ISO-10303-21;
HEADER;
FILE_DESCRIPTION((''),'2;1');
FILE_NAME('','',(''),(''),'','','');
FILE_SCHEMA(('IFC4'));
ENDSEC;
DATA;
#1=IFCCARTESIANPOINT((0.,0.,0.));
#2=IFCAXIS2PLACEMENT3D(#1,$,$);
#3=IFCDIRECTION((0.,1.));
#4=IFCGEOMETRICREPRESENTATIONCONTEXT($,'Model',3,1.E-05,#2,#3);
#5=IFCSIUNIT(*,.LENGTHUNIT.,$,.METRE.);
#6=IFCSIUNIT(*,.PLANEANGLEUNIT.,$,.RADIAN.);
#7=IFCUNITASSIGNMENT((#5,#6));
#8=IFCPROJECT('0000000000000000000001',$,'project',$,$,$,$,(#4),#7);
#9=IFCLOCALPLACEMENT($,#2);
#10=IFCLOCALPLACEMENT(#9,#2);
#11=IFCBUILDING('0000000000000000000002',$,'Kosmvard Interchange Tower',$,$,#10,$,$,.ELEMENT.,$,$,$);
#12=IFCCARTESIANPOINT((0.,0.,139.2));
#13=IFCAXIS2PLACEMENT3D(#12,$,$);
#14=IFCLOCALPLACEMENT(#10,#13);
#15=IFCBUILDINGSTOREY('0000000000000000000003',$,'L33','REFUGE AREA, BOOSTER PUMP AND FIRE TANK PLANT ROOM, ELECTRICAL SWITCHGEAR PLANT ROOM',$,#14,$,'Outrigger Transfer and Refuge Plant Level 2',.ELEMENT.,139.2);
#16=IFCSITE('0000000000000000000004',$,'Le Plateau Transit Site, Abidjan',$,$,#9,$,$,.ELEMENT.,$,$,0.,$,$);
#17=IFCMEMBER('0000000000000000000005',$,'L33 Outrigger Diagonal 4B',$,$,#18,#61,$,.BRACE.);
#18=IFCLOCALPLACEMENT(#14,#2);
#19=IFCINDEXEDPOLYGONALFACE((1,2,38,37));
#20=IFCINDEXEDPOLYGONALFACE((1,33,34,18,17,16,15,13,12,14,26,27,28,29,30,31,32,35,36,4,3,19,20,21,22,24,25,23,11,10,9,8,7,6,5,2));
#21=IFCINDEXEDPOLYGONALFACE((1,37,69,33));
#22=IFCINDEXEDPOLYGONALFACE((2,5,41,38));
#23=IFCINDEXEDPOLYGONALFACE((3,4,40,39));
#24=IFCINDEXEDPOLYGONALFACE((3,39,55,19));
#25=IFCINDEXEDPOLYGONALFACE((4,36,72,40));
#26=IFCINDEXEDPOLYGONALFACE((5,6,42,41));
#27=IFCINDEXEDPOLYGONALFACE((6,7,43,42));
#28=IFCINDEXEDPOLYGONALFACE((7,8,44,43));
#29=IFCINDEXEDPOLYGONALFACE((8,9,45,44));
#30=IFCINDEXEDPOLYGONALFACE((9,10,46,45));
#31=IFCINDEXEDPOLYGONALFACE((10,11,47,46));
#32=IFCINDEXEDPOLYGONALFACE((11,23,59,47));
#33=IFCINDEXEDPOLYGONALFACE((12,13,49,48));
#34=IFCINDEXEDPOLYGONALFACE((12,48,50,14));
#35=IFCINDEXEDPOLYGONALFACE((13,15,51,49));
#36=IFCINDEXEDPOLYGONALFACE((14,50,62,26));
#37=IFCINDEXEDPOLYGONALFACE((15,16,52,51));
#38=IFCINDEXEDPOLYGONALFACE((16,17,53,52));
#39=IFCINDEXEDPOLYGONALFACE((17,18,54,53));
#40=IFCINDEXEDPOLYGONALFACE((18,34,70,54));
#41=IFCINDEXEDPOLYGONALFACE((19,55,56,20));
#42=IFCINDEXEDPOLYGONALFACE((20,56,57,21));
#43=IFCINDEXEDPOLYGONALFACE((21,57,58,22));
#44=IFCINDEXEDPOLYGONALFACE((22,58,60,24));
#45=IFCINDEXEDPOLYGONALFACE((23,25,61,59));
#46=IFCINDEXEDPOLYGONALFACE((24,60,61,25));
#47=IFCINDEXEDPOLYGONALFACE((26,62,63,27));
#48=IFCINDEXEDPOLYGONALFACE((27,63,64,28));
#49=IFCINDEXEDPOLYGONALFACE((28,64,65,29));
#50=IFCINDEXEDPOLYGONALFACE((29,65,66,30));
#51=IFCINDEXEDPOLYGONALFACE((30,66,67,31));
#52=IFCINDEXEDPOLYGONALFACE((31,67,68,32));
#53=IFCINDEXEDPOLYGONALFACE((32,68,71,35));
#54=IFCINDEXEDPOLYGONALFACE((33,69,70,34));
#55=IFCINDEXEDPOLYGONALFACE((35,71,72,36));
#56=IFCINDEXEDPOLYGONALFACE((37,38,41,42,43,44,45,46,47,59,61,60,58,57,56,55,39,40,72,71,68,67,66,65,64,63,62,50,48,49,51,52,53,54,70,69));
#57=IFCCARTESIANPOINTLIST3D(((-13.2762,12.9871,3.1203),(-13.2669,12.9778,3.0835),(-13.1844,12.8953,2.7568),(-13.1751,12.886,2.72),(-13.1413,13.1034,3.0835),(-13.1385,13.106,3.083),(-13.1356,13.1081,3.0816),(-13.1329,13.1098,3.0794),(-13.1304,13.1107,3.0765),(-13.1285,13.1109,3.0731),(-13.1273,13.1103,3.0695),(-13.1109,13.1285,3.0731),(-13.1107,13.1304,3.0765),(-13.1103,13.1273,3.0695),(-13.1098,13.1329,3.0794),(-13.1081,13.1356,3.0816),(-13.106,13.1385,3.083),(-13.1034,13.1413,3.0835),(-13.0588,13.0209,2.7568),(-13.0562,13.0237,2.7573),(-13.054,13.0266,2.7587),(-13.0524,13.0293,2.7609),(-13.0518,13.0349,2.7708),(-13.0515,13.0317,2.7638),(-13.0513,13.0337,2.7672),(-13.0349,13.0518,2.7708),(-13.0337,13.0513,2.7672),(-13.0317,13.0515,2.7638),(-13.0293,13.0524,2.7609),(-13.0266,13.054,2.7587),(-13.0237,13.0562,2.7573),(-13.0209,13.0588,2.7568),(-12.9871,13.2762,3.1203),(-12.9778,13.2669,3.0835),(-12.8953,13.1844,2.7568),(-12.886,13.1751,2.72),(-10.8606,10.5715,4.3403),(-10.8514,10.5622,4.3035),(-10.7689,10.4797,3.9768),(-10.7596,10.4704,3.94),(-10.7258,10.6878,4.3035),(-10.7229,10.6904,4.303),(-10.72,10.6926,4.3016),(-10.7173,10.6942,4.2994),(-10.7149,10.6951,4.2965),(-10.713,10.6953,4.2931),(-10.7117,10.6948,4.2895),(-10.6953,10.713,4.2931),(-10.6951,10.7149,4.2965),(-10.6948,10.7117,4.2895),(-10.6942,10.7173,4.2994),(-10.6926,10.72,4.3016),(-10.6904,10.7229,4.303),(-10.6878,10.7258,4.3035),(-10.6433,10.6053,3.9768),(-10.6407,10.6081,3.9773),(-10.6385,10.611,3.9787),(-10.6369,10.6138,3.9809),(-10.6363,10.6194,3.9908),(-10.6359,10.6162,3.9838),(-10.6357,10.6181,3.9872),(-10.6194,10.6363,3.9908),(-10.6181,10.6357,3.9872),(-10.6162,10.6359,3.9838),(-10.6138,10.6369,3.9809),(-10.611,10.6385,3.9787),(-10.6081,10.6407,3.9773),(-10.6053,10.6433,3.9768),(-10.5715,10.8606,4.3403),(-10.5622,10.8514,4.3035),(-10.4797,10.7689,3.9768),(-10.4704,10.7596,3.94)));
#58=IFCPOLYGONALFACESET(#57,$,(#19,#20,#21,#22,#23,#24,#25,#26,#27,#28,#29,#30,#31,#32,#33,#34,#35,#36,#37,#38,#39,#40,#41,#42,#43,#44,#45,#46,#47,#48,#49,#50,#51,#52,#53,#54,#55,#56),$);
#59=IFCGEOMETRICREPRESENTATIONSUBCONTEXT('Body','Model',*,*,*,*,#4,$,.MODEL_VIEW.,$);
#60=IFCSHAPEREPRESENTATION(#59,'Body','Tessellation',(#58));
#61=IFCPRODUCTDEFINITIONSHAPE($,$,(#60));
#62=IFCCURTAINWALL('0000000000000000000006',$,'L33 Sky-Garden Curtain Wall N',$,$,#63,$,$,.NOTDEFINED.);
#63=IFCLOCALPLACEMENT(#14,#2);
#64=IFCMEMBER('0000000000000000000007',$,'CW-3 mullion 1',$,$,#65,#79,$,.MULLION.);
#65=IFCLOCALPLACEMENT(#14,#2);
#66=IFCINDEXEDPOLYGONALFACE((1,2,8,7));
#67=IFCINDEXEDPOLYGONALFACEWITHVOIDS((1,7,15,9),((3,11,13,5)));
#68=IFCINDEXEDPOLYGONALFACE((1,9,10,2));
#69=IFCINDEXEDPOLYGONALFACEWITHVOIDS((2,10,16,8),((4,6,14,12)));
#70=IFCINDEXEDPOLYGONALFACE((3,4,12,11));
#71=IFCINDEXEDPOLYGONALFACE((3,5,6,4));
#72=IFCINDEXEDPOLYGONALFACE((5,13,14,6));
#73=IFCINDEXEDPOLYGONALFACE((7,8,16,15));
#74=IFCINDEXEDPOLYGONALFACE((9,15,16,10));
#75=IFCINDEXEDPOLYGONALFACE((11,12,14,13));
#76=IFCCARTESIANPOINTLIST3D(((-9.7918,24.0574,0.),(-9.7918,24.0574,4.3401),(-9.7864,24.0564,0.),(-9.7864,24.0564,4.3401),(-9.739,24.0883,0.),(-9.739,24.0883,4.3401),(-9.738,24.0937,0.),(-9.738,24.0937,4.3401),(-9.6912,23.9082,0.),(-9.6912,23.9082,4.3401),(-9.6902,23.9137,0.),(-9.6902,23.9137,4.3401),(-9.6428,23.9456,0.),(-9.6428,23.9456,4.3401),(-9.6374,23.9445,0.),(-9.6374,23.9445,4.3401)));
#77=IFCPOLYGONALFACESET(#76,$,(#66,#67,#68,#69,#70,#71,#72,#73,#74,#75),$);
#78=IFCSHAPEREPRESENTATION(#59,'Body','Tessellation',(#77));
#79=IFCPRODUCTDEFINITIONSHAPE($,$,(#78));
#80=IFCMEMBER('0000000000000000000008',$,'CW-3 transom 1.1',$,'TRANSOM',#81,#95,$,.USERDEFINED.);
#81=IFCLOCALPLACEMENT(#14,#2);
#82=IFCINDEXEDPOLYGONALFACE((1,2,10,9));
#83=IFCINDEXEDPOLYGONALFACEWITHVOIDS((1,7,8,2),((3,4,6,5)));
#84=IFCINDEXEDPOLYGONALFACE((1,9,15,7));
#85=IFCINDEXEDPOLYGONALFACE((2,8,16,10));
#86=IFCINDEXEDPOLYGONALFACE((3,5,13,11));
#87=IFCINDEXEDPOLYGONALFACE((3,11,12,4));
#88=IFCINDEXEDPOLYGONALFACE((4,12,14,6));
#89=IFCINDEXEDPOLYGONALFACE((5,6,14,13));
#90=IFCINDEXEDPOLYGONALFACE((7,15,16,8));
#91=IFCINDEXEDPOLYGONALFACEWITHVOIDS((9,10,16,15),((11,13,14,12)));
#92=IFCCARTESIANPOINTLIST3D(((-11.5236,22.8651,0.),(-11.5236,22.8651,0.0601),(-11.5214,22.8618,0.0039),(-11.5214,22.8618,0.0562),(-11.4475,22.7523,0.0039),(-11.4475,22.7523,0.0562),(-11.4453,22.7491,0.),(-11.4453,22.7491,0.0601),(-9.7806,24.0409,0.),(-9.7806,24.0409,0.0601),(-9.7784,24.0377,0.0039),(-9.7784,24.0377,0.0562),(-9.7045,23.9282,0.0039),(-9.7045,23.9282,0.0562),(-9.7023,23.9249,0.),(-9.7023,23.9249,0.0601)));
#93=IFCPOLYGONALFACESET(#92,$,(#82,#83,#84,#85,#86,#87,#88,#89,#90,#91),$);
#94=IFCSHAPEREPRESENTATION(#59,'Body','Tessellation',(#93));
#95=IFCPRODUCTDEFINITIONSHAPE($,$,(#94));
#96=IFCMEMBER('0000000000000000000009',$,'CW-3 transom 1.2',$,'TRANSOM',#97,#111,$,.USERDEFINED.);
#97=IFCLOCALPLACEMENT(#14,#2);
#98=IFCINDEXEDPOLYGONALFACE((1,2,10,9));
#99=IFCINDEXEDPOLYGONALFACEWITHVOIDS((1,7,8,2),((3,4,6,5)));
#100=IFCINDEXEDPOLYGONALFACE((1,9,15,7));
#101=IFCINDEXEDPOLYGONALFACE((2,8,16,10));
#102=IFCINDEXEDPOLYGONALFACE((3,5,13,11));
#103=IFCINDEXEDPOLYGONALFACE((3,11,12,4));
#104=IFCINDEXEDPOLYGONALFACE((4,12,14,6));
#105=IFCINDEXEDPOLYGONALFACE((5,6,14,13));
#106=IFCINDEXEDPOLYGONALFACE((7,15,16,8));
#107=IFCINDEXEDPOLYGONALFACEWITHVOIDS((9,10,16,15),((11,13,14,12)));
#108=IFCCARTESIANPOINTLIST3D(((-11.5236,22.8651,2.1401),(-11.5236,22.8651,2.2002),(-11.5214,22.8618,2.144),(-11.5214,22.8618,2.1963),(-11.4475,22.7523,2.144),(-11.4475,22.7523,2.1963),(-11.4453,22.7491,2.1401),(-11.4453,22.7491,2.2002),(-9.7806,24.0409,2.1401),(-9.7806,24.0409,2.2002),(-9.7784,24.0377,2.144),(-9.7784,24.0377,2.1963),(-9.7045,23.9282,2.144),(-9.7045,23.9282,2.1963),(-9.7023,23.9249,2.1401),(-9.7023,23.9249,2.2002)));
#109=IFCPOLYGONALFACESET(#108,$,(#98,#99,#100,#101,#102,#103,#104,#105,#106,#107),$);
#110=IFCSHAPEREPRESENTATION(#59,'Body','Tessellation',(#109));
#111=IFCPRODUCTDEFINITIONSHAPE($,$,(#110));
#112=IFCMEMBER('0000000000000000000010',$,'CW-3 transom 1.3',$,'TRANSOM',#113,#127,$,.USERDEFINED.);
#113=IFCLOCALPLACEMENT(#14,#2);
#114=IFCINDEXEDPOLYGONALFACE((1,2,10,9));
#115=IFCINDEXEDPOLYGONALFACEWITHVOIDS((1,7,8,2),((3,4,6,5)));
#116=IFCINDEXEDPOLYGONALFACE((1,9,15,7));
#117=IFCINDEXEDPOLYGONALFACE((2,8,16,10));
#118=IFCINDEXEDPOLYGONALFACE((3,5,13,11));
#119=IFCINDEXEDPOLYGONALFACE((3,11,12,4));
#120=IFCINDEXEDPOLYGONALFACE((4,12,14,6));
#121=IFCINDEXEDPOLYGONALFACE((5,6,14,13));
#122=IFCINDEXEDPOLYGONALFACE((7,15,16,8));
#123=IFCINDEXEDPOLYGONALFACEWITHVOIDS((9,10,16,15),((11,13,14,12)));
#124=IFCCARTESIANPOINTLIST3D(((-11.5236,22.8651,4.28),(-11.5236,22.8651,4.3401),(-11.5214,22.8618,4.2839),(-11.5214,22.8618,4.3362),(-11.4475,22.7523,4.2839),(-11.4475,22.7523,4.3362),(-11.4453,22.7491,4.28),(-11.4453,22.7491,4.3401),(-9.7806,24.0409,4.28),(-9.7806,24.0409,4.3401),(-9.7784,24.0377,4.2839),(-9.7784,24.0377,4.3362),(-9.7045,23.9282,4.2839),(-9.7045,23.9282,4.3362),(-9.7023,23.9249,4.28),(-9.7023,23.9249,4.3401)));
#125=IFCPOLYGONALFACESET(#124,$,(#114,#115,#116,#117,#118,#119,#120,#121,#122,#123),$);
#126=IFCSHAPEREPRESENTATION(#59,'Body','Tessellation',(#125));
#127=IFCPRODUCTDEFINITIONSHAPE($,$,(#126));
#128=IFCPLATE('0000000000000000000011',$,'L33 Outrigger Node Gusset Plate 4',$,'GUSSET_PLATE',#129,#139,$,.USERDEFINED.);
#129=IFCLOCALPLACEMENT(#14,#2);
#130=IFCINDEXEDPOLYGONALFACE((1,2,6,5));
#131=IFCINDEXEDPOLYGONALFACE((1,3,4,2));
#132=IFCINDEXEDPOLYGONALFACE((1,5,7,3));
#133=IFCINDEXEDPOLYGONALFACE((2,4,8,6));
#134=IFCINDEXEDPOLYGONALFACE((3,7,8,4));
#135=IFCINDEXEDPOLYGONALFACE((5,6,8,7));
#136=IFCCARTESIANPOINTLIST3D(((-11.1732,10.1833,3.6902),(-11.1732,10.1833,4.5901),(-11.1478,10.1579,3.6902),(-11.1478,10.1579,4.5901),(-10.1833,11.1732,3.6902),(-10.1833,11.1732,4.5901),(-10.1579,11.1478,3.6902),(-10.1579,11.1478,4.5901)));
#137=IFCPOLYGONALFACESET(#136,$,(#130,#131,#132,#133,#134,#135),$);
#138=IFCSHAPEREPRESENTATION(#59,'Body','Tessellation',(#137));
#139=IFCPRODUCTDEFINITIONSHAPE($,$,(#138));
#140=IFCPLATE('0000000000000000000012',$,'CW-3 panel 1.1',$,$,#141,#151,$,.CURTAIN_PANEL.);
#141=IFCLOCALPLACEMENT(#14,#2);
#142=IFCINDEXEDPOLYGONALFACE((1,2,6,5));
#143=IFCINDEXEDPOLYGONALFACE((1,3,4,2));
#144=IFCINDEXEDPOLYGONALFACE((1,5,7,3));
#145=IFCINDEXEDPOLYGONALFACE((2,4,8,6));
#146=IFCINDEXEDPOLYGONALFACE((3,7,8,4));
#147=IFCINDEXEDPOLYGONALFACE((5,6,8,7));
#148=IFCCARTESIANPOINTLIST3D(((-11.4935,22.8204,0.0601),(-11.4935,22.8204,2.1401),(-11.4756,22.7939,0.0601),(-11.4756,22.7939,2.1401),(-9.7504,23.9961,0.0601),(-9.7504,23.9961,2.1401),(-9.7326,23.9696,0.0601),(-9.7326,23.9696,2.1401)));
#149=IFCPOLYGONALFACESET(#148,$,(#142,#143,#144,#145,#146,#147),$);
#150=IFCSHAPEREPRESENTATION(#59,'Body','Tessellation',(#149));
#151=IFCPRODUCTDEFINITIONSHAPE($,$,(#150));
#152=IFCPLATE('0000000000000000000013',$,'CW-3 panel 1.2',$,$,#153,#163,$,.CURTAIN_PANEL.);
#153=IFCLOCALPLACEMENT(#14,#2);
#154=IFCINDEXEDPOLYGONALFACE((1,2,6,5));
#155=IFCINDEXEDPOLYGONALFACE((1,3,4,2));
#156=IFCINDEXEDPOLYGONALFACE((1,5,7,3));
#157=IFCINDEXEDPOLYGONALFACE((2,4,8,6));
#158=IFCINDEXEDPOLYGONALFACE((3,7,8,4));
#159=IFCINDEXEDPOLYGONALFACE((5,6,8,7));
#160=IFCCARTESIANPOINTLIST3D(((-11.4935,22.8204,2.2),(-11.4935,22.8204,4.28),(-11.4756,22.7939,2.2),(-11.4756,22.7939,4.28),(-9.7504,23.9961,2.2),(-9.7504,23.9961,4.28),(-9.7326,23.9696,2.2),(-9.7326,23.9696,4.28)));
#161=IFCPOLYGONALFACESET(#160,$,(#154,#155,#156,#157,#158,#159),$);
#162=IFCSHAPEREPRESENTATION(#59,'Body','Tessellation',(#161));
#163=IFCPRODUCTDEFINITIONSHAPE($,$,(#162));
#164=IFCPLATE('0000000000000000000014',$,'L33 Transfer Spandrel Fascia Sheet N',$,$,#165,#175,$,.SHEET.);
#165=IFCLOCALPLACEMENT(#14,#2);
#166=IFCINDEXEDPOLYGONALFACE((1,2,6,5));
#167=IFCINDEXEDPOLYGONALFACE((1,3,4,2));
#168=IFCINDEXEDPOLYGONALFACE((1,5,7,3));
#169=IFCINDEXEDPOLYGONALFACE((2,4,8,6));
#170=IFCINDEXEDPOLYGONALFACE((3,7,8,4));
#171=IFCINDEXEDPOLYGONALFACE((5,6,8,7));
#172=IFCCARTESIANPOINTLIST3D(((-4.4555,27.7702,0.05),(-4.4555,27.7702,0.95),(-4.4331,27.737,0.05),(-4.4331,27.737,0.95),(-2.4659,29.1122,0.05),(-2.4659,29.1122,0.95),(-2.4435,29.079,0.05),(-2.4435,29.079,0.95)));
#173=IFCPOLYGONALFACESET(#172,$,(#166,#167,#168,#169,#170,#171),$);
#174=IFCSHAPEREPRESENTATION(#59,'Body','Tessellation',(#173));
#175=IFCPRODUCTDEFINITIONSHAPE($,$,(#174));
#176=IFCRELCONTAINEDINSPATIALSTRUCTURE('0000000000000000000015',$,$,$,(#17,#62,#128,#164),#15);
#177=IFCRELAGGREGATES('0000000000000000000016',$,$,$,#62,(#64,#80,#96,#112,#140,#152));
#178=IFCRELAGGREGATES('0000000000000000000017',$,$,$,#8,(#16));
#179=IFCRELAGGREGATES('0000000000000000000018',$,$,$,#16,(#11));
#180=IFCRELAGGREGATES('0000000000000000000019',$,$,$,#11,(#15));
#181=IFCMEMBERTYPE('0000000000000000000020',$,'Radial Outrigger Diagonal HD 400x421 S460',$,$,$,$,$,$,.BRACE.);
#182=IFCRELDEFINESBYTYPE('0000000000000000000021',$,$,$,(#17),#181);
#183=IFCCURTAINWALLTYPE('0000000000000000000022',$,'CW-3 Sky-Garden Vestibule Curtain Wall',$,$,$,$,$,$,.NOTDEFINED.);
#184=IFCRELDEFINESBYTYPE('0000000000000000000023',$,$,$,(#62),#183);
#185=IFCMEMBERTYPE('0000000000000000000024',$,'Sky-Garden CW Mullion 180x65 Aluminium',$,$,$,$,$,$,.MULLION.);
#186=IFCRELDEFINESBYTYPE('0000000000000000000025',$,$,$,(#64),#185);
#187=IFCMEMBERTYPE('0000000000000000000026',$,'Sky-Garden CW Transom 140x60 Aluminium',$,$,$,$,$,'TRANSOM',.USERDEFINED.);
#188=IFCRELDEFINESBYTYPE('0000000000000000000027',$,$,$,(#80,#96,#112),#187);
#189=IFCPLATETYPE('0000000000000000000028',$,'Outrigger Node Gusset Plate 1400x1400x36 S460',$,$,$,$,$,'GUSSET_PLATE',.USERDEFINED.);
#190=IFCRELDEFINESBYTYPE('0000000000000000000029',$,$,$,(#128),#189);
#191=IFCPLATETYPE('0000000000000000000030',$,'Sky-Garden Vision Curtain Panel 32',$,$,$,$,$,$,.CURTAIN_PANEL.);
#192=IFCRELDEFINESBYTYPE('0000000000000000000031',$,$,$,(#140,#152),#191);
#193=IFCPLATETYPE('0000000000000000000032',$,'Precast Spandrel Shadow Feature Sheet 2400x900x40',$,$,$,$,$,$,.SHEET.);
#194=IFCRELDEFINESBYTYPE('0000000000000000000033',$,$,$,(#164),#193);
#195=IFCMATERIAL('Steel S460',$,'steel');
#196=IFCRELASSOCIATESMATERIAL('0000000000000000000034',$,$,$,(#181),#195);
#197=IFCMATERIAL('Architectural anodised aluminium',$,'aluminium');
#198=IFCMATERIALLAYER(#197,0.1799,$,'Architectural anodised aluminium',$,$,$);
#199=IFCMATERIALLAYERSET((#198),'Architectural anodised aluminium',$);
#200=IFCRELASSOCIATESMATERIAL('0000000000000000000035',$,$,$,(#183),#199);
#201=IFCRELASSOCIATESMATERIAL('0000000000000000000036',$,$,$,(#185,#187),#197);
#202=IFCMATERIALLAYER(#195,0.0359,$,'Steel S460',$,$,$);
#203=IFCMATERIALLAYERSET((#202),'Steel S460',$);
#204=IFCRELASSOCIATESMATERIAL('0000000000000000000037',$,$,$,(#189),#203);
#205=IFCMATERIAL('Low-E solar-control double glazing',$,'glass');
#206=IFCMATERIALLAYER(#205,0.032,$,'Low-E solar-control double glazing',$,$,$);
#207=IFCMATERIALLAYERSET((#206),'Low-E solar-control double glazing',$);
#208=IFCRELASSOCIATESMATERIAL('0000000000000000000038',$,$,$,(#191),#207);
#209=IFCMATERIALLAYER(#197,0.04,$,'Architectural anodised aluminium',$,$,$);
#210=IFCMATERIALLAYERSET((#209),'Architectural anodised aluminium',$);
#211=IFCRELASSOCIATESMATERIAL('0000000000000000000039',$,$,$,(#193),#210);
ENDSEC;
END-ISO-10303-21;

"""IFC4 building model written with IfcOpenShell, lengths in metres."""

from ifc_helpers import new_model, si_unit, direction, frame, origin, origin_2d, place, context, subcontext, project, spatial, rectangle, hollow_rectangle, i_section, extrude, source, transform, mapped, material, layer, layer_set, material_profile, profile_set, type_object, element, aggregate, save


model = new_model("IFC4")

# Units and contexts
model_context = context("Model", 3, precision=1e-05, world=origin(), true_north=direction((0.0, 1.0)))
body_context = subcontext(model_context, "Body", "Model", "MODEL_VIEW")
ifc_project = project(units=[si_unit("LENGTHUNIT", "METRE"), si_unit("PLANEANGLEUNIT", "RADIAN")], contexts=[model_context])

# Site, building, storey
site_placement = place(None, origin())
site = spatial("IfcSite", under=ifc_project, at=site_placement, Name="Le Plateau Transit Site, Abidjan", CompositionType="ELEMENT", RefElevation=0.0)
building_placement = place(site_placement, origin())
building = spatial("IfcBuilding", under=site, at=building_placement, Name="Kosmvard Interchange Tower", CompositionType="ELEMENT")
storey_placement = place(building_placement, frame((0.0, 0.0, 139.2)))
storey = spatial("IfcBuildingStorey", under=building, at=storey_placement, Name="L33", Description="REFUGE AREA, BOOSTER PUMP AND FIRE TANK PLANT ROOM, ELECTRICAL SWITCHGEAR PLANT ROOM", LongName="Outrigger Transfer and Refuge Plant Level 2", CompositionType="ELEMENT", Elevation=139.2)

# Shared definitions
ifc_material_1 = material(Name="Steel S460", Category="steel")

# Member
ifc_material_profile_1 = material_profile(ifc_material_1, i_section(OverallWidth=0.4089, OverallDepth=0.425, WebThickness=0.0239, FlangeThickness=0.0391, FilletRadius=0.0149, at=origin_2d()), Name="HD 400x421")
ifc_profile_set_1 = profile_set([ifc_material_profile_1], Name="Steel S460")
member_type_1 = type_object("IfcMemberType", Name="Radial Outrigger Diagonal HD 400x421 S460", PredefinedType="BRACE", material=ifc_profile_set_1)
shared_shape_1 = source(origin(), body_context, "Body", "SweptSolid", [
    extrude(i_section(OverallWidth=0.4089, OverallDepth=0.425, WebThickness=0.0239, FlangeThickness=0.0391, FilletRadius=0.0149, at=origin_2d()), origin(), (0.0, 0.0, 1.0), 3.6274),
])
member_1_placement = place(storey_placement, frame((-10.6655, 10.6655, 4.1401), z_axis=(-0.665915, 0.665915, -0.336323), x_axis=(-0.707107, -0.707107, 0.0)))
element("IfcMember", 1, at=member_1_placement, inside=storey, type_object=member_type_1, Name="L33 Outrigger Diagonal 4B", PredefinedType="BRACE", context=body_context, shape_type="MappedRepresentation", body=[
    mapped(shared_shape_1, transform((0.0, 0.0, 0.0), scale=1.0)),
])

# Curtain wall, members
ifc_material_2 = material(Name="Architectural anodised aluminium", Category="aluminium")
ifc_layer_1 = layer(ifc_material_2, 0.1799, Name="Architectural anodised aluminium")
ifc_layer_set_1 = layer_set([ifc_layer_1], Name="Architectural anodised aluminium")
curtain_wall_type = type_object("IfcCurtainWallType", Name="CW-3 Sky-Garden Vestibule Curtain Wall", PredefinedType="NOTDEFINED", material=ifc_layer_set_1)
curtain_wall_placement = place(storey_placement, origin())
curtain_wall = element("IfcCurtainWall", 2, at=curtain_wall_placement, inside=storey, type_object=curtain_wall_type, Name="L33 Sky-Garden Curtain Wall N", PredefinedType="NOTDEFINED")
ifc_material_profile_2 = material_profile(ifc_material_2, hollow_rectangle(XDim=0.1799, YDim=0.0649, WallThickness=0.0039, at=origin_2d()), Name="CWM 180x65x4")
ifc_profile_set_2 = profile_set([ifc_material_profile_2], Name="Architectural anodised aluminium")
member_type_2 = type_object("IfcMemberType", Name="Sky-Garden CW Mullion 180x65 Aluminium", PredefinedType="MULLION", material=ifc_profile_set_2)
shared_shape_2 = source(origin(), body_context, "Body", "SweptSolid", [
    extrude(hollow_rectangle(XDim=0.1799, YDim=0.0649, WallThickness=0.0039, at=origin_2d()), origin(), (0.0, 0.0, 1.0), 4.3401),
])
member_2_placement = place(storey_placement, frame((-9.7146, 24.001, 0.0), z_axis=(0.0, 0.0, 1.0), x_axis=(0.559193, -0.829038, 0.0)))
member_2 = element("IfcMember", 3, at=member_2_placement, type_object=member_type_2, Name="CW-3 mullion 1", PredefinedType="MULLION", context=body_context, shape_type="MappedRepresentation", body=[
    mapped(shared_shape_2, transform((0.0, 0.0, 0.0), scale=1.0)),
])
ifc_material_profile_3 = material_profile(ifc_material_2, hollow_rectangle(XDim=0.1399, YDim=0.0601, WallThickness=0.0039, at=origin_2d()), Name="CWT 140x60x4")
ifc_profile_set_3 = profile_set([ifc_material_profile_3], Name="Architectural anodised aluminium")
member_type_3 = type_object("IfcMemberType", Name="Sky-Garden CW Transom 140x60 Aluminium", ElementType="TRANSOM", PredefinedType="USERDEFINED", material=ifc_profile_set_3)
shared_shape_3 = source(origin(), body_context, "Body", "SweptSolid", [
    extrude(hollow_rectangle(XDim=0.1399, YDim=0.0601, WallThickness=0.0039, at=origin_2d()), origin(), (0.0, 0.0, 1.0), 2.1025),
])
member_3_placement = place(storey_placement, frame((-9.7415, 23.9829, 0.03), z_axis=(-0.829001, -0.559247, 0.0), x_axis=(0.559247, -0.829001, 0.0)))
member_3 = element("IfcMember", 4, at=member_3_placement, type_object=member_type_3, Name="CW-3 transom 1.1", ObjectType="TRANSOM", PredefinedType="USERDEFINED", context=body_context, shape_type="MappedRepresentation", body=[
    mapped(shared_shape_3, transform((0.0, 0.0, 0.0), scale=1.0)),
])
member_4_placement = place(storey_placement, frame((-9.7415, 23.9829, 2.1702), z_axis=(-0.829001, -0.559247, 0.0), x_axis=(0.559247, -0.829001, 0.0)))
member_4 = element("IfcMember", 5, at=member_4_placement, type_object=member_type_3, Name="CW-3 transom 1.2", ObjectType="TRANSOM", PredefinedType="USERDEFINED", context=body_context, shape_type="MappedRepresentation", body=[
    mapped(shared_shape_3, transform((0.0, 0.0, 0.0), scale=1.0)),
])
member_5_placement = place(storey_placement, frame((-9.7415, 23.9829, 4.3101), z_axis=(-0.829001, -0.559247, 0.0), x_axis=(0.559247, -0.829001, 0.0)))
member_5 = element("IfcMember", 6, at=member_5_placement, type_object=member_type_3, Name="CW-3 transom 1.3", ObjectType="TRANSOM", PredefinedType="USERDEFINED", context=body_context, shape_type="MappedRepresentation", body=[
    mapped(shared_shape_3, transform((0.0, 0.0, 0.0), scale=1.0)),
])

# Plates
ifc_layer_2 = layer(ifc_material_1, 0.0359, Name="Steel S460")
ifc_layer_set_2 = layer_set([ifc_layer_2], Name="Steel S460")
plate_type_1 = type_object("IfcPlateType", Name="Outrigger Node Gusset Plate 1400x1400x36 S460", ElementType="GUSSET_PLATE", PredefinedType="USERDEFINED", material=ifc_layer_set_2)
shared_shape_4 = source(origin(), body_context, "Body", "SweptSolid", [
    extrude(rectangle(XDim=1.3999, YDim=0.0359, at=origin_2d()), origin(), (0.0, 0.0, 1.0), 0.8999),
])
plate_1_placement = place(storey_placement, frame((-10.6655, 10.6655, 3.6902), z_axis=(0.0, 0.0, 1.0), x_axis=(0.707107, 0.707107, 0.0)))
element("IfcPlate", 7, at=plate_1_placement, inside=storey, type_object=plate_type_1, Name="L33 Outrigger Node Gusset Plate 4", ObjectType="GUSSET_PLATE", PredefinedType="USERDEFINED", context=body_context, shape_type="MappedRepresentation", body=[
    mapped(shared_shape_4, transform((0.0, 0.0, 0.0), scale=1.0)),
])
ifc_material_3 = material(Name="Low-E solar-control double glazing", Category="glass")
ifc_layer_3 = layer(ifc_material_3, 0.032, Name="Low-E solar-control double glazing")
ifc_layer_set_3 = layer_set([ifc_layer_3], Name="Low-E solar-control double glazing")
plate_type_2 = type_object("IfcPlateType", Name="Sky-Garden Vision Curtain Panel 32", PredefinedType="CURTAIN_PANEL", material=ifc_layer_set_3)
shared_shape_5 = source(origin(), body_context, "Body", "SweptSolid", [
    extrude(rectangle(XDim=2.1025, YDim=0.032, at=origin_2d()), origin(), (0.0, 0.0, 1.0), 2.0801),
])
plate_2_placement = place(storey_placement, frame((-10.613, 23.395, 0.0601), z_axis=(0.0, 0.0, 1.0), x_axis=(-0.829038, -0.559193, 0.0)))
plate_2 = element("IfcPlate", 8, at=plate_2_placement, type_object=plate_type_2, Name="CW-3 panel 1.1", PredefinedType="CURTAIN_PANEL", context=body_context, shape_type="MappedRepresentation", body=[
    mapped(shared_shape_5, transform((0.0, 0.0, 0.0), scale=1.0)),
])
plate_3_placement = place(storey_placement, frame((-10.613, 23.395, 2.2), z_axis=(0.0, 0.0, 1.0), x_axis=(-0.829038, -0.559193, 0.0)))
plate_3 = element("IfcPlate", 9, at=plate_3_placement, type_object=plate_type_2, Name="CW-3 panel 1.2", PredefinedType="CURTAIN_PANEL", context=body_context, shape_type="MappedRepresentation", body=[
    mapped(shared_shape_5, transform((0.0, 0.0, 0.0), scale=1.0)),
])
aggregate(curtain_wall, [member_2, member_3, member_4, member_5, plate_2, plate_3])
ifc_layer_4 = layer(ifc_material_2, 0.04, Name="Architectural anodised aluminium")
ifc_layer_set_4 = layer_set([ifc_layer_4], Name="Architectural anodised aluminium")
plate_type_3 = type_object("IfcPlateType", Name="Precast Spandrel Shadow Feature Sheet 2400x900x40", PredefinedType="SHEET", material=ifc_layer_set_4)
shared_shape_6 = source(origin(), body_context, "Body", "SweptSolid", [
    extrude(rectangle(XDim=0.04, YDim=2.3999, at=origin_2d()), origin(), (0.0, 0.0, 1.0), 0.8999),
])
plate_4_placement = place(storey_placement, frame((-3.4495, 28.4246, 0.05), z_axis=(0.0, 0.0, 1.0), x_axis=(-0.559193, 0.829038, 0.0)))
element("IfcPlate", 10, at=plate_4_placement, inside=storey, type_object=plate_type_3, Name="L33 Transfer Spandrel Fascia Sheet N", PredefinedType="SHEET", context=body_context, shape_type="MappedRepresentation", body=[
    mapped(shared_shape_6, transform((0.0, 0.0, 0.0), scale=1.0)),
])

save(model, "model.ifc")
